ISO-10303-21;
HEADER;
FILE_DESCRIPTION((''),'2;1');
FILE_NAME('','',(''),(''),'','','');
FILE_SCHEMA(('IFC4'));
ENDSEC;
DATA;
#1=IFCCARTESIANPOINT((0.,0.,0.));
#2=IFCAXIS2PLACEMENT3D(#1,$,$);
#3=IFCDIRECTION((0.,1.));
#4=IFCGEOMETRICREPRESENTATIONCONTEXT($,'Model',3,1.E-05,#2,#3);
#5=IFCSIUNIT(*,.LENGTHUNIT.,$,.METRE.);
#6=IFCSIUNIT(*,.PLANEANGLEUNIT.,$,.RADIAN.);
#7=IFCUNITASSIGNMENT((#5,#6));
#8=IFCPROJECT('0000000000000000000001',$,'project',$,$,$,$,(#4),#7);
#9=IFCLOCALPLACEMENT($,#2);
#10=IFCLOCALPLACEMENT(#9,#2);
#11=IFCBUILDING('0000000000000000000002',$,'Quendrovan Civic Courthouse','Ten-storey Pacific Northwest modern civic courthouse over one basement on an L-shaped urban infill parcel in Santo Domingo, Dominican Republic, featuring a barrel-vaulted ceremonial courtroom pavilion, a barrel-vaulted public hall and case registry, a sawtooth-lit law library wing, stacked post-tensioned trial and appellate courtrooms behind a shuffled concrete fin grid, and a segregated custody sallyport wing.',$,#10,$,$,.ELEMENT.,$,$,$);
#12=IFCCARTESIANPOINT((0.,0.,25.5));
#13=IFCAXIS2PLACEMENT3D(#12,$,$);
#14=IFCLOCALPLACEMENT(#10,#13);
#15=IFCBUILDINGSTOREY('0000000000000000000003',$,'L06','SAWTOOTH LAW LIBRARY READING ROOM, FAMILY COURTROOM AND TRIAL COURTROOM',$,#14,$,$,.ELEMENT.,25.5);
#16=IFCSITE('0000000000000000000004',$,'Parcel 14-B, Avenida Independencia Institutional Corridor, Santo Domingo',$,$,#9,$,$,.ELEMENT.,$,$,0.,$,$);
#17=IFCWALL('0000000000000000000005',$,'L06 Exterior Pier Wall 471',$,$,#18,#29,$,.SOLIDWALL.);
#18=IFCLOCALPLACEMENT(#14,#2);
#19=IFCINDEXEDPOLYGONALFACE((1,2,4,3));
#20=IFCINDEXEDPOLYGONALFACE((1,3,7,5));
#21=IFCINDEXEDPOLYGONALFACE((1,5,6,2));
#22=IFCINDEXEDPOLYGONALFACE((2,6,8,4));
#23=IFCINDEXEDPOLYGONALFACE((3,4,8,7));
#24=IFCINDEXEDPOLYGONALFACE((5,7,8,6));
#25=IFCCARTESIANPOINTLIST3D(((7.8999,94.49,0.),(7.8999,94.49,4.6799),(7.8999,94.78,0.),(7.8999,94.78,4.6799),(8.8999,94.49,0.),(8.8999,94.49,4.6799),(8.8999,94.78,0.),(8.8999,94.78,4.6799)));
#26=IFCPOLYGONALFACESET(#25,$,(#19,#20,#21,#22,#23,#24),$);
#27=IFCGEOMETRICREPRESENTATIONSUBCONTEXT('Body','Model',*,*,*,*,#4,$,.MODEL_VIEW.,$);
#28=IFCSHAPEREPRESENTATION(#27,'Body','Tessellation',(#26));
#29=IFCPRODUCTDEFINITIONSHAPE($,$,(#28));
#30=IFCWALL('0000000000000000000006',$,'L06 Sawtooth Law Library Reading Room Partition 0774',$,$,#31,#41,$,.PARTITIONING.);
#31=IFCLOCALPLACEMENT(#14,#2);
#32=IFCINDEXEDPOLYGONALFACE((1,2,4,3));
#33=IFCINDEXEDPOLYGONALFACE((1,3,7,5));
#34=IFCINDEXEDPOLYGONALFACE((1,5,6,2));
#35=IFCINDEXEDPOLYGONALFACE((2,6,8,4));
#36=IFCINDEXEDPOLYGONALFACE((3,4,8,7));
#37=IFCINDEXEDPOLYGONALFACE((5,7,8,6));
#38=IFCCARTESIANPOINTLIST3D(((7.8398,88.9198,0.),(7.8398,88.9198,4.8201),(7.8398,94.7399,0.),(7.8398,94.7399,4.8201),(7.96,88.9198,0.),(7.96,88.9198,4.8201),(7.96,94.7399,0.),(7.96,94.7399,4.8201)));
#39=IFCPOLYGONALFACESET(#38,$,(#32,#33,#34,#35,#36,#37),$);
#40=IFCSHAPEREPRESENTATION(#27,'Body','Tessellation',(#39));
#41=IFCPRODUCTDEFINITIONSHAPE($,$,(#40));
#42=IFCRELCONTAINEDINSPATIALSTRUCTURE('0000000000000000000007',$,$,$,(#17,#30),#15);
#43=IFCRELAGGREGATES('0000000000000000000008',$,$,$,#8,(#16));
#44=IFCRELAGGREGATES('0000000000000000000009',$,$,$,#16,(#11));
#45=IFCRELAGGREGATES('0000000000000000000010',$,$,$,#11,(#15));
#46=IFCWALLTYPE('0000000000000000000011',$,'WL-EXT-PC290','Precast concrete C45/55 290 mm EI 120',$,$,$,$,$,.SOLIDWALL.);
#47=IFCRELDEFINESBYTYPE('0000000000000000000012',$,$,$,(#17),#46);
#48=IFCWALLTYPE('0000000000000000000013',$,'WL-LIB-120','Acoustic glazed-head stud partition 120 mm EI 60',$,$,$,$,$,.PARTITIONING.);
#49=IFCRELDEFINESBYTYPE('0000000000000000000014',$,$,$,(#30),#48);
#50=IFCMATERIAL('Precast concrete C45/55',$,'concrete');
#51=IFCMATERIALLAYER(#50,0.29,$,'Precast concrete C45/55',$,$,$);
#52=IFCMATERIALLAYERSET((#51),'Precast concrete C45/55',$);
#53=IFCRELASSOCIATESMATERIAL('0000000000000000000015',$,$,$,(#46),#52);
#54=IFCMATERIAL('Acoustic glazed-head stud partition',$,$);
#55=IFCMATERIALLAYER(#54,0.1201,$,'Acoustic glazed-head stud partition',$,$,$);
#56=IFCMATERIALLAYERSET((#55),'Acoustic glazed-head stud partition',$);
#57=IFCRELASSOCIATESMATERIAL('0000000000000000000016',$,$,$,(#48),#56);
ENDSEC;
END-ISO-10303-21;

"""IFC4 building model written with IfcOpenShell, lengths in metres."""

from ifc_helpers import new_model, si_unit, direction, frame, frame_2d, origin, place, context, subcontext, project, spatial, rectangle, extrude, material, layer, layer_set, type_object, element, save


model = new_model("IFC4")

# Units and contexts
model_context = context("Model", 3, precision=1e-05, world=origin(), true_north=direction((0.0, 1.0)))
body_context = subcontext(model_context, "Body", "Model", "MODEL_VIEW")
ifc_project = project(units=[si_unit("LENGTHUNIT", "METRE"), si_unit("PLANEANGLEUNIT", "RADIAN")], contexts=[model_context])

# Site, building, storey
site_placement = place(None, origin())
site = spatial("IfcSite", under=ifc_project, at=site_placement, Name="Parcel 14-B, Avenida Independencia Institutional Corridor, Santo Domingo", CompositionType="ELEMENT", RefElevation=0.0)
building_placement = place(site_placement, origin())
building = spatial("IfcBuilding", under=site, at=building_placement, Name="Quendrovan Civic Courthouse", Description="Ten-storey Pacific Northwest modern civic courthouse over one basement on an L-shaped urban infill parcel in Santo Domingo, Dominican Republic, featuring a barrel-vaulted ceremonial courtroom pavilion, a barrel-vaulted public hall and case registry, a sawtooth-lit law library wing, stacked post-tensioned trial and appellate courtrooms behind a shuffled concrete fin grid, and a segregated custody sallyport wing.", CompositionType="ELEMENT")
storey_placement = place(building_placement, frame((0.0, 0.0, 25.5)))
storey = spatial("IfcBuildingStorey", under=building, at=storey_placement, Name="L06", Description="SAWTOOTH LAW LIBRARY READING ROOM, FAMILY COURTROOM AND TRIAL COURTROOM", CompositionType="ELEMENT", Elevation=25.5)

# Walls
ifc_material_1 = material(Name="Precast concrete C45/55", Category="concrete")
ifc_layer_1 = layer(ifc_material_1, 0.29, Name="Precast concrete C45/55")
ifc_layer_set_1 = layer_set([ifc_layer_1], Name="Precast concrete C45/55")
wall_type_1 = type_object("IfcWallType", Name="WL-EXT-PC290", Description="Precast concrete C45/55 290 mm EI 120", PredefinedType="SOLIDWALL", material=ifc_layer_set_1)
wall_1_placement = place(storey_placement, frame((7.8999, 94.635, 0.0), z_axis=(0.0, 0.0, 1.0), x_axis=(1.0, 0.0, 0.0)))
element("IfcWall", 1, at=wall_1_placement, inside=storey, type_object=wall_type_1, Name="L06 Exterior Pier Wall 471", PredefinedType="SOLIDWALL", context=body_context, shape_type="SweptSolid", body=[
    extrude(rectangle(XDim=1.0, YDim=0.29, at=frame_2d((0.5, 0.0))), origin(), (0.0, 0.0, 1.0), 4.6799),
])
ifc_material_2 = material(Name="Acoustic glazed-head stud partition")
ifc_layer_2 = layer(ifc_material_2, 0.1201, Name="Acoustic glazed-head stud partition")
ifc_layer_set_2 = layer_set([ifc_layer_2], Name="Acoustic glazed-head stud partition")
wall_type_2 = type_object("IfcWallType", Name="WL-LIB-120", Description="Acoustic glazed-head stud partition 120 mm EI 60", PredefinedType="PARTITIONING", material=ifc_layer_set_2)
wall_2_placement = place(storey_placement, frame((7.8999, 94.74, 0.0), z_axis=(0.0, 0.0, 1.0), x_axis=(0.0, -1.0, 0.0)))
element("IfcWall", 2, at=wall_2_placement, inside=storey, type_object=wall_type_2, Name="L06 Sawtooth Law Library Reading Room Partition 0774", PredefinedType="PARTITIONING", context=body_context, shape_type="SweptSolid", body=[
    extrude(rectangle(XDim=5.8201, YDim=0.1201, at=frame_2d((2.9102, 0.0))), origin(), (0.0, 0.0, 1.0), 4.8201),
])

save(model, "model.ifc")
